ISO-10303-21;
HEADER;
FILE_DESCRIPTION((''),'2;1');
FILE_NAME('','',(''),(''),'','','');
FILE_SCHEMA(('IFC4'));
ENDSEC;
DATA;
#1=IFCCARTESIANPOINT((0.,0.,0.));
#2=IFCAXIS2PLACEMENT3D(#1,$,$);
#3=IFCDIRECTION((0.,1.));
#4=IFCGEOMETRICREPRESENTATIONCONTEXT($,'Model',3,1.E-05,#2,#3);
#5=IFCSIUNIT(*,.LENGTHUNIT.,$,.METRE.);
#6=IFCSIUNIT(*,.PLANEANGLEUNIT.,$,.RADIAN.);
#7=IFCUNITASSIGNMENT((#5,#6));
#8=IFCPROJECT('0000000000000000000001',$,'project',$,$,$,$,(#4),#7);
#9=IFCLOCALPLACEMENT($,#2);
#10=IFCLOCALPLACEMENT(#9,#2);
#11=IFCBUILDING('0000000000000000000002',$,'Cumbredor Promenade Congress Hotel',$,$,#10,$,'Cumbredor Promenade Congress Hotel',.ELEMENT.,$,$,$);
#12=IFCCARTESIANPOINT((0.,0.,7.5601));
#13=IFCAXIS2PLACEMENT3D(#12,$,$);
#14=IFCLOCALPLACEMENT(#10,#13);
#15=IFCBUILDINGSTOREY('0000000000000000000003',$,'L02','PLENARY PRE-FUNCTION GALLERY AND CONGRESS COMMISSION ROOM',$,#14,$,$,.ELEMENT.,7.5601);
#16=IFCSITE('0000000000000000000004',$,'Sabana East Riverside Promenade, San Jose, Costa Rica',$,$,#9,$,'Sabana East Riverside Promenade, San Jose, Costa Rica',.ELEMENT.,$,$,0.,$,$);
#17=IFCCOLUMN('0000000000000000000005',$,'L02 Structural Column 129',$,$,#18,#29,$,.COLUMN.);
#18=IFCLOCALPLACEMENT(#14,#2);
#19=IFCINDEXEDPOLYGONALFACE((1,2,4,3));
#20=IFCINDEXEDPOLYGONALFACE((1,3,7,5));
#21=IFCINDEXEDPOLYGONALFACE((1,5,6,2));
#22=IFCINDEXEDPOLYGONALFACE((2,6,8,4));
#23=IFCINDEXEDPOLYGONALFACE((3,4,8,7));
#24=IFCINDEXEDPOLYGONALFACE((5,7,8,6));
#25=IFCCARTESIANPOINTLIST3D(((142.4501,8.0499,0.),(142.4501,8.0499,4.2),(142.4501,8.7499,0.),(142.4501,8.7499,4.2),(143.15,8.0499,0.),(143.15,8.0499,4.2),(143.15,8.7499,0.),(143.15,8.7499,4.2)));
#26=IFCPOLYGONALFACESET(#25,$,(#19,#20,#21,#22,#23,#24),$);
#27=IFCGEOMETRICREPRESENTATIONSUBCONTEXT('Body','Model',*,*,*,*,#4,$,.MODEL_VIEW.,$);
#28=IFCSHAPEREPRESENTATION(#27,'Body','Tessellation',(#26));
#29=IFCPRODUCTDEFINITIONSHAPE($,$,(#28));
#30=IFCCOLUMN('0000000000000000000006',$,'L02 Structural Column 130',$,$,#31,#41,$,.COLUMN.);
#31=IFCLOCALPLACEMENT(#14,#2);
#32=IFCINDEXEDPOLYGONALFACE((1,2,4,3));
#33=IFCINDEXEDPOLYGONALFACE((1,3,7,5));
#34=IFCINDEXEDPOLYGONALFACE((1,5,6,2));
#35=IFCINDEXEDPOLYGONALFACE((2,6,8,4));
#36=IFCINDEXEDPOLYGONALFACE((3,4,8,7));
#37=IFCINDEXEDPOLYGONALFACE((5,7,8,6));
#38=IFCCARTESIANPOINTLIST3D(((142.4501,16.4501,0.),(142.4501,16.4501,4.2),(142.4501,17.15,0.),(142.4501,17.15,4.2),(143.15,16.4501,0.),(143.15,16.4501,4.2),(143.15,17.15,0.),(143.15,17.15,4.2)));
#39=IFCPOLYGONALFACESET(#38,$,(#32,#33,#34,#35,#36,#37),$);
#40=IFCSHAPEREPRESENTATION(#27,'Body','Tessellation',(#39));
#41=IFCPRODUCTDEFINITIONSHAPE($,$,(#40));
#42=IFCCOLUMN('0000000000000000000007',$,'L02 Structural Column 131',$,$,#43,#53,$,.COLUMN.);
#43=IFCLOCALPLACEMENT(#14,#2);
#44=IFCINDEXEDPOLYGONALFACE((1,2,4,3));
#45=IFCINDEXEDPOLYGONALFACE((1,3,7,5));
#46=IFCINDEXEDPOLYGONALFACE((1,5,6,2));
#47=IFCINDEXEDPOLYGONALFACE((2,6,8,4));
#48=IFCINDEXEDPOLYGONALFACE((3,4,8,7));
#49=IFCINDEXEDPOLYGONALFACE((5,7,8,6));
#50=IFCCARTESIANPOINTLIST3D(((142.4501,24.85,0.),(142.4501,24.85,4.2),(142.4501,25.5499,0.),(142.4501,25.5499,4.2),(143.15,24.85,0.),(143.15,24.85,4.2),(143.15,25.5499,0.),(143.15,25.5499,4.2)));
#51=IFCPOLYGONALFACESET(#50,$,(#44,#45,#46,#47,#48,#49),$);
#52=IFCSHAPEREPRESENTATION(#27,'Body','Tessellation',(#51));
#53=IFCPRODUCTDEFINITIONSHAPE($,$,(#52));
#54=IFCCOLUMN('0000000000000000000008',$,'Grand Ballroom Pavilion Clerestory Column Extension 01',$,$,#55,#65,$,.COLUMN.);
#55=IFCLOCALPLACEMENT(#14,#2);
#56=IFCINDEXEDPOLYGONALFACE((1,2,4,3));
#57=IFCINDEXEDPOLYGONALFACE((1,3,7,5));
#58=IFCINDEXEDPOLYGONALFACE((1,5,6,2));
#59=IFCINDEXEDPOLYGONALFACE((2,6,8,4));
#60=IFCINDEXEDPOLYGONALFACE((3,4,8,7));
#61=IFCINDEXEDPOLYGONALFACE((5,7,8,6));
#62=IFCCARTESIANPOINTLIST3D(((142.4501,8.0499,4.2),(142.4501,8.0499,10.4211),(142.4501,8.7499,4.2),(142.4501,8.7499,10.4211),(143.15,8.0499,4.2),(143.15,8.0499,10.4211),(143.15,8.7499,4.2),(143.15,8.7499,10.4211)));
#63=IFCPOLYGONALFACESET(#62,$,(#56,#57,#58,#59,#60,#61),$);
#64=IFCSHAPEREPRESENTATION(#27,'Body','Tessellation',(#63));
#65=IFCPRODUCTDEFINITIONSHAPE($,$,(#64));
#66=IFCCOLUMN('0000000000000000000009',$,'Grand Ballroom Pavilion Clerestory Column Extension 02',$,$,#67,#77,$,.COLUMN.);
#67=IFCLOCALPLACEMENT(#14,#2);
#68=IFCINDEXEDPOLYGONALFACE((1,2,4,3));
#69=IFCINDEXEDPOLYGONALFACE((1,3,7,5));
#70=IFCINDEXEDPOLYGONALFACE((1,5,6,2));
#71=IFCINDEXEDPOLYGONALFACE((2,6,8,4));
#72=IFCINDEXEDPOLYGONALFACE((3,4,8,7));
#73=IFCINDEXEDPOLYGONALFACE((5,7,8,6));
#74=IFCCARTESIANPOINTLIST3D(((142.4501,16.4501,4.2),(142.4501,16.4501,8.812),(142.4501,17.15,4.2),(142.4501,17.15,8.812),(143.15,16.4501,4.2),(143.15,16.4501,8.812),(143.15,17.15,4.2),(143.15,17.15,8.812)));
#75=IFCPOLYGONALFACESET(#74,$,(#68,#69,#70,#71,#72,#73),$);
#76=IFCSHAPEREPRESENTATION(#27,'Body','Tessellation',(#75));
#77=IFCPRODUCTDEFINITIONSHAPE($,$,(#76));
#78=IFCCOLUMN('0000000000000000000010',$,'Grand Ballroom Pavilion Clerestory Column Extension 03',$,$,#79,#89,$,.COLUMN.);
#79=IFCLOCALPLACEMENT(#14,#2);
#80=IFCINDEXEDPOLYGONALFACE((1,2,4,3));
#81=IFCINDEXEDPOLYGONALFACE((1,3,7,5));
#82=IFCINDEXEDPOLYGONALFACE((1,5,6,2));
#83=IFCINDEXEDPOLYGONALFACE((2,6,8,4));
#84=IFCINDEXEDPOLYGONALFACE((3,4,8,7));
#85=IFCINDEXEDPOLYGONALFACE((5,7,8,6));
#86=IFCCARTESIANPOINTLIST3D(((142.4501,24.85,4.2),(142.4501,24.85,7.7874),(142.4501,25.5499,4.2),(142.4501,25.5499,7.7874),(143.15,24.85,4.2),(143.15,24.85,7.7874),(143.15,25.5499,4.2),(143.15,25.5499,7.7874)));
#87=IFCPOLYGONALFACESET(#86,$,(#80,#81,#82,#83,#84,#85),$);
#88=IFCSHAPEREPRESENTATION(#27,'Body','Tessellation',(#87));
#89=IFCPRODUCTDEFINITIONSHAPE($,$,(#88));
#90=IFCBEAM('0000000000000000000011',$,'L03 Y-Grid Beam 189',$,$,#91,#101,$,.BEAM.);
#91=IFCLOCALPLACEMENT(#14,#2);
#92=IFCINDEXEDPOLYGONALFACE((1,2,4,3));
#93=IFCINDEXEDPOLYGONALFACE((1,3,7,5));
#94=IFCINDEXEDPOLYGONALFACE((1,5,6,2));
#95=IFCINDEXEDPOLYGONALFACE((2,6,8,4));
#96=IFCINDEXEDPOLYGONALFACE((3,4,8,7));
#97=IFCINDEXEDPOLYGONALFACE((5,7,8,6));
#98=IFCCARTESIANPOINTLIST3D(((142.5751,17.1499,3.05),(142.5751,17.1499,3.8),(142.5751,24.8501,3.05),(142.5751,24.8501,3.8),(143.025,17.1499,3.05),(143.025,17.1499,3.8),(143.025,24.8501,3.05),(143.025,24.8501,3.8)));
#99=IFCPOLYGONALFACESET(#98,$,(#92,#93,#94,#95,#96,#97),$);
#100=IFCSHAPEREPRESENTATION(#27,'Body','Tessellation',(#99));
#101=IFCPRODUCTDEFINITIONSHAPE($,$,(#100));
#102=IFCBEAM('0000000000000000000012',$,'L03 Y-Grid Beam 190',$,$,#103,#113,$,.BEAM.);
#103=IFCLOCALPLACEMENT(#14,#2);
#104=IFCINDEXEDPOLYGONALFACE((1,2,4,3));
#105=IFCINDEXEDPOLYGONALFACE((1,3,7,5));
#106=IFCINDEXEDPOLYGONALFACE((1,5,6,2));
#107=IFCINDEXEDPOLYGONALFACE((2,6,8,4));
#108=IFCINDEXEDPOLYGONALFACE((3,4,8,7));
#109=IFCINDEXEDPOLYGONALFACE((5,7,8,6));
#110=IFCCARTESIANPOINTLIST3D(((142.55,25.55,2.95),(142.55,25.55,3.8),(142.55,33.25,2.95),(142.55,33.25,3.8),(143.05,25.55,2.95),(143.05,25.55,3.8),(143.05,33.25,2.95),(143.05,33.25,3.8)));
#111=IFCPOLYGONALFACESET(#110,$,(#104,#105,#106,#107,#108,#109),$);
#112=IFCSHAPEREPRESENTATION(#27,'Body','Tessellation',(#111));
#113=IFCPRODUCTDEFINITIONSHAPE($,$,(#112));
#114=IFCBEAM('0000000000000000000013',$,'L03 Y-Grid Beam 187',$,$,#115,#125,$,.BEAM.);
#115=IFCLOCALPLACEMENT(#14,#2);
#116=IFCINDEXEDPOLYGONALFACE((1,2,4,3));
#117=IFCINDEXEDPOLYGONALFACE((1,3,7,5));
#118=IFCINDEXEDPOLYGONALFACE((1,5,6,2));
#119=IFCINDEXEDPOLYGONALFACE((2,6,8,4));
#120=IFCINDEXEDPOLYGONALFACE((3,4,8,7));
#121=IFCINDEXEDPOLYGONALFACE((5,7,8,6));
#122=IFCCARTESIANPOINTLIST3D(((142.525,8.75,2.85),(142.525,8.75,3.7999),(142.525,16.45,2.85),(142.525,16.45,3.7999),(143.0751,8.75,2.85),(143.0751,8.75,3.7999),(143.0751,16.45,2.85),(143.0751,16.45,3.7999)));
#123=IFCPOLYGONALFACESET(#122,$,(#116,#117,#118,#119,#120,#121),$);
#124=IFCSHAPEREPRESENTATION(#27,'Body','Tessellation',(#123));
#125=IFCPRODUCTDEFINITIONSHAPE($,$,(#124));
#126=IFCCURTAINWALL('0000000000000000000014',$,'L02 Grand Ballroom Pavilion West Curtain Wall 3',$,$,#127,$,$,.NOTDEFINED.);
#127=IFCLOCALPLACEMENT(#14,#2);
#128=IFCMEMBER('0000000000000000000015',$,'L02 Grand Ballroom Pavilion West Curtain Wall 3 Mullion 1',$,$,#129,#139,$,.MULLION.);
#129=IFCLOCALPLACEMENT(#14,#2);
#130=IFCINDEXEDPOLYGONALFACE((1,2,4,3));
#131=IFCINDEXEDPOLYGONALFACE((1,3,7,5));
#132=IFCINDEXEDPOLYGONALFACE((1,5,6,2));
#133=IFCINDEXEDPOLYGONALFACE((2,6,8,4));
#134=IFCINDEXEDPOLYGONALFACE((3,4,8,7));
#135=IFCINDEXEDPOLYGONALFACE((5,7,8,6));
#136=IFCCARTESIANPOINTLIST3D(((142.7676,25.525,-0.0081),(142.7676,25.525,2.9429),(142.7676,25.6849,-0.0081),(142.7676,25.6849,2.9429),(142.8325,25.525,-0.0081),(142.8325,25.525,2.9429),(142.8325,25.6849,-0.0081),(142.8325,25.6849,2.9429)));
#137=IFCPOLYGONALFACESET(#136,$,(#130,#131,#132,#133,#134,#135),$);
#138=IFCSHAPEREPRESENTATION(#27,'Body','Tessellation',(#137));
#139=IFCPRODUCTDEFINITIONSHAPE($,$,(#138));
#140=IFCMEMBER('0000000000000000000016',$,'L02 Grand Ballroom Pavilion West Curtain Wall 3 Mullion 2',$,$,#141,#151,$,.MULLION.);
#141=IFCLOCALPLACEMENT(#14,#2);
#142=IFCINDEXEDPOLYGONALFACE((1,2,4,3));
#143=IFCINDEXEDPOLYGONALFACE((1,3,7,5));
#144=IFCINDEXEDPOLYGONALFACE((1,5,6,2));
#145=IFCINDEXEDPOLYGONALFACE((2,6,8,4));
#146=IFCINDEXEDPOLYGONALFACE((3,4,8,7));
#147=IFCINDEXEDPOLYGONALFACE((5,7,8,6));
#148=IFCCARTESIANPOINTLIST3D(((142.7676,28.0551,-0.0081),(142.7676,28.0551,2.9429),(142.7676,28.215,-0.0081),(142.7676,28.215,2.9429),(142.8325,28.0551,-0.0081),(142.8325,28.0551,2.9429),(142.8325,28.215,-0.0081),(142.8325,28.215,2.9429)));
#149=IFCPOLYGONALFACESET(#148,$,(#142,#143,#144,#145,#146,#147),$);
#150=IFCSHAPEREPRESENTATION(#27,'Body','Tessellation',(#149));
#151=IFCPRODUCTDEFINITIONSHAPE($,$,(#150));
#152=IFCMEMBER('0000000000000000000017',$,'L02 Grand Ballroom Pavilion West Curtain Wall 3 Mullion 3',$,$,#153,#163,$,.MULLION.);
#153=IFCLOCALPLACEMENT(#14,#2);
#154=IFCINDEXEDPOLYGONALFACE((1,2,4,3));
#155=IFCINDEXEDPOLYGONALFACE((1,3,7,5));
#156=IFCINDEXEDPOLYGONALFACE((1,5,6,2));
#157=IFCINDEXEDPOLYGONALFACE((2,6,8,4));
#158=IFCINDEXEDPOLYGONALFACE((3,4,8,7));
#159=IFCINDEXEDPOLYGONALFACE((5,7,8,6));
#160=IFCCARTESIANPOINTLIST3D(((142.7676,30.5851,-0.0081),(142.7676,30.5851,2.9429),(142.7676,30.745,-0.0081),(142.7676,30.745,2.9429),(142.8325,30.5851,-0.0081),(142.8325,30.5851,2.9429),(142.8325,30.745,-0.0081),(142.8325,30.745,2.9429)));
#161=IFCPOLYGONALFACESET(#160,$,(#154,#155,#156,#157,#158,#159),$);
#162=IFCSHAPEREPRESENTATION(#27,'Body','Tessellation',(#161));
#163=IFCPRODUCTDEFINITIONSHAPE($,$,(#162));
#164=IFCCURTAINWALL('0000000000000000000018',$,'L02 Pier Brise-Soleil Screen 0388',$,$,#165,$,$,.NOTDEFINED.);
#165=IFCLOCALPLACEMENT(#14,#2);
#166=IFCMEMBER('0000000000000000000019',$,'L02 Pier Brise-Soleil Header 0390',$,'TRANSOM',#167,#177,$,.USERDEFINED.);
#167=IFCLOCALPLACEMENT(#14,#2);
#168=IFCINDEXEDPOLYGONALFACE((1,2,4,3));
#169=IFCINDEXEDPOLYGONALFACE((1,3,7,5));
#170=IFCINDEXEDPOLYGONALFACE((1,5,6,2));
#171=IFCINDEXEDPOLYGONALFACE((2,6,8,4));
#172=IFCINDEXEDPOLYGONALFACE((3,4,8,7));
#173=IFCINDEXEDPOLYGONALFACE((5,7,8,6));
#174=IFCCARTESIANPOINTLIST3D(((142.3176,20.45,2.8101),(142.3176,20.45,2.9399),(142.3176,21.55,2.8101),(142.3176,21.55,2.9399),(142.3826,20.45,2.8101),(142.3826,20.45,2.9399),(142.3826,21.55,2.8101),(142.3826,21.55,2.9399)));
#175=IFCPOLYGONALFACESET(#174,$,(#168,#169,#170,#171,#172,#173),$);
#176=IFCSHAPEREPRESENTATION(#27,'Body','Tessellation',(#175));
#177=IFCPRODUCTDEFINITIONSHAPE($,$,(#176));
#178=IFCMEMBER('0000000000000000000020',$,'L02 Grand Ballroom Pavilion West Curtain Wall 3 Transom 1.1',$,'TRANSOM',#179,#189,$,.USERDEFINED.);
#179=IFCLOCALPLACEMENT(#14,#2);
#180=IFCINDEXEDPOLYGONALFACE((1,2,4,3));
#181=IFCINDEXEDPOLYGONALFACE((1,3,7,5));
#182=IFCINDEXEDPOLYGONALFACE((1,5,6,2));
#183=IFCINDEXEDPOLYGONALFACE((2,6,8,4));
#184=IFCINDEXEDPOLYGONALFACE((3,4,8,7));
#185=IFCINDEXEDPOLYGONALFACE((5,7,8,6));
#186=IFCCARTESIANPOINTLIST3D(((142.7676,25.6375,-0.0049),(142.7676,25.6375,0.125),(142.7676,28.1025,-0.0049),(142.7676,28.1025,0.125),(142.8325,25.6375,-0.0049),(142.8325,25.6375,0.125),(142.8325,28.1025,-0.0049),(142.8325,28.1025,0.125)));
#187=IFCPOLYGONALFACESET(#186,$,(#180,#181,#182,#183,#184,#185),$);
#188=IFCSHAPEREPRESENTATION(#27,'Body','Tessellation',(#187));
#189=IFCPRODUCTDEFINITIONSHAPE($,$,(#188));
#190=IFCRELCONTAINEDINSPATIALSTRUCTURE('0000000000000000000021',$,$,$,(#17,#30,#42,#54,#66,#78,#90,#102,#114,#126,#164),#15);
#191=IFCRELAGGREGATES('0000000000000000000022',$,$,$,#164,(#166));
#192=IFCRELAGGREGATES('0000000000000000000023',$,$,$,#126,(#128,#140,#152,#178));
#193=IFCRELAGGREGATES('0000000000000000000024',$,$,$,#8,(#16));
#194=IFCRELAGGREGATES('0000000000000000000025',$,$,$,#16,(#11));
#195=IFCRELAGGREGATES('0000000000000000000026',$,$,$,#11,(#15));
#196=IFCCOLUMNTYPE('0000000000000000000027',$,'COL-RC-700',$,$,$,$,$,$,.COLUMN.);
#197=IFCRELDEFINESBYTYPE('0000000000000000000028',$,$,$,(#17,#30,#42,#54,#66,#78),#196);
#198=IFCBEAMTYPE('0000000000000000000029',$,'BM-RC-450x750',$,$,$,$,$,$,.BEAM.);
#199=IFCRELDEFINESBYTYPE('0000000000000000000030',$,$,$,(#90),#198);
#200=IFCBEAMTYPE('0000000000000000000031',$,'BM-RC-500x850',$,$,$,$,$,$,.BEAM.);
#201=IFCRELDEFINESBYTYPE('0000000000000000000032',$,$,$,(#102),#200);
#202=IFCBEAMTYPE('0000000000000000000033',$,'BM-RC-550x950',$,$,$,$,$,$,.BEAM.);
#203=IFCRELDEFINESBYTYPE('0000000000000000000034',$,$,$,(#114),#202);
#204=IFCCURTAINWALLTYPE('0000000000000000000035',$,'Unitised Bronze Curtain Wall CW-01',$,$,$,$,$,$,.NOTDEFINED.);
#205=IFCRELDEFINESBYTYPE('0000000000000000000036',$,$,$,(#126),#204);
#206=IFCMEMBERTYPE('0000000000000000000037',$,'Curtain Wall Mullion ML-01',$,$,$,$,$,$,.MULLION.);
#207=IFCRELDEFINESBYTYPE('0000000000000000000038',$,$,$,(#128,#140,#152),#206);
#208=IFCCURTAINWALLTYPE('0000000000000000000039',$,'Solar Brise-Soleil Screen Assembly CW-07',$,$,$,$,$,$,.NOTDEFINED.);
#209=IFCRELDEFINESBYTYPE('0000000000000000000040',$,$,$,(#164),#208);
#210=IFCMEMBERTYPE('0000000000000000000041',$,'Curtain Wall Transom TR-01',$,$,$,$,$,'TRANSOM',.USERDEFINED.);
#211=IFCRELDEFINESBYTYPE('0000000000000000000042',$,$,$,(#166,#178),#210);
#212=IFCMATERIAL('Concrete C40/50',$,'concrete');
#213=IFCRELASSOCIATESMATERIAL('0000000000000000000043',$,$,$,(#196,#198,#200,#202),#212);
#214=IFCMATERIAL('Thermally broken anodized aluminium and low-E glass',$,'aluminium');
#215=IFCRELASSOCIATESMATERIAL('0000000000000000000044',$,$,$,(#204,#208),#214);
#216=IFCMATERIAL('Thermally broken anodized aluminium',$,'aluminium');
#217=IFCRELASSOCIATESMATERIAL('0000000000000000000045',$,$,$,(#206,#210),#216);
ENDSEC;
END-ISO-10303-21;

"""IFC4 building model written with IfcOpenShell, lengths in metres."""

from ifc_helpers import new_model, si_unit, direction, frame, origin, origin_2d, place, context, subcontext, project, spatial, rectangle, extrude, material, material_profile, profile_set, type_object, element, aggregate, save


model = new_model("IFC4")

# Units and contexts
model_context = context("Model", 3, precision=1e-05, world=origin(), true_north=direction((0.0, 1.0)))
body_context = subcontext(model_context, "Body", "Model", "MODEL_VIEW")
ifc_project = project(units=[si_unit("LENGTHUNIT", "METRE"), si_unit("PLANEANGLEUNIT", "RADIAN")], contexts=[model_context])

# Site, building, storey
site_placement = place(None, origin())
site = spatial("IfcSite", under=ifc_project, at=site_placement, Name="Sabana East Riverside Promenade, San Jose, Costa Rica", LongName="Sabana East Riverside Promenade, San Jose, Costa Rica", CompositionType="ELEMENT", RefElevation=0.0)
building_placement = place(site_placement, origin())
building = spatial("IfcBuilding", under=site, at=building_placement, Name="Cumbredor Promenade Congress Hotel", LongName="Cumbredor Promenade Congress Hotel", CompositionType="ELEMENT")
storey_placement = place(building_placement, frame((0.0, 0.0, 7.5601)))
storey = spatial("IfcBuildingStorey", under=building, at=storey_placement, Name="L02", Description="PLENARY PRE-FUNCTION GALLERY AND CONGRESS COMMISSION ROOM", CompositionType="ELEMENT", Elevation=7.5601)

# Columns
ifc_material_1 = material(Name="Concrete C40/50", Category="concrete")
ifc_material_profile_1 = material_profile(ifc_material_1, rectangle(XDim=0.7, YDim=0.7, at=origin_2d()), Name="RC 700x700")
ifc_profile_set_1 = profile_set([ifc_material_profile_1], Name="Concrete C40/50")
column_type = type_object("IfcColumnType", Name="COL-RC-700", PredefinedType="COLUMN", material=ifc_profile_set_1)
for number, where, z_axis, x_axis, name in (
    (1, (142.8, 8.3999, 0.0), (0.0, 0.0, 1.0), (1.0, 0.0, 0.0), "L02 Structural Column 129"),
    (2, (142.8, 16.8, 0.0), (0.0, 0.0, 1.0), (1.0, 0.0, 0.0), "L02 Structural Column 130"),
    (3, (142.8, 25.2, 0.0), (0.0, 0.0, 1.0), (1.0, 0.0, 0.0), "L02 Structural Column 131"),
):
    element("IfcColumn", number, at=place(storey_placement, frame(where, z_axis=z_axis, x_axis=x_axis)), inside=storey, type_object=column_type, Name=name, PredefinedType="COLUMN", context=body_context, shape_type="SweptSolid", body=[
        extrude(rectangle(XDim=0.7, YDim=0.7, at=origin_2d()), origin(), (0.0, 0.0, 1.0), 4.2),
    ])
column_1_placement = place(storey_placement, frame((142.8, 8.3999, 4.2), z_axis=(0.0, 0.0, 1.0), x_axis=(1.0, 0.0, 0.0)))
element("IfcColumn", 4, at=column_1_placement, inside=storey, type_object=column_type, Name="Grand Ballroom Pavilion Clerestory Column Extension 01", PredefinedType="COLUMN", context=body_context, shape_type="SweptSolid", body=[
    extrude(rectangle(XDim=0.7, YDim=0.7, at=origin_2d()), origin(), (0.0, 0.0, 1.0), 6.2212),
])
column_2_placement = place(storey_placement, frame((142.8, 16.8, 4.2), z_axis=(0.0, 0.0, 1.0), x_axis=(1.0, 0.0, 0.0)))
element("IfcColumn", 5, at=column_2_placement, inside=storey, type_object=column_type, Name="Grand Ballroom Pavilion Clerestory Column Extension 02", PredefinedType="COLUMN", context=body_context, shape_type="SweptSolid", body=[
    extrude(rectangle(XDim=0.7, YDim=0.7, at=origin_2d()), origin(), (0.0, 0.0, 1.0), 4.6121),
])
column_3_placement = place(storey_placement, frame((142.8, 25.2, 4.2), z_axis=(0.0, 0.0, 1.0), x_axis=(1.0, 0.0, 0.0)))
element("IfcColumn", 6, at=column_3_placement, inside=storey, type_object=column_type, Name="Grand Ballroom Pavilion Clerestory Column Extension 03", PredefinedType="COLUMN", context=body_context, shape_type="SweptSolid", body=[
    extrude(rectangle(XDim=0.7, YDim=0.7, at=origin_2d()), origin(), (0.0, 0.0, 1.0), 3.5874),
])

# Beams
ifc_material_profile_2 = material_profile(ifc_material_1, rectangle(XDim=0.45, YDim=0.75, at=origin_2d()), Name="RC BEAM 450x750")
ifc_profile_set_2 = profile_set([ifc_material_profile_2], Name="Concrete C40/50")
beam_type_1 = type_object("IfcBeamType", Name="BM-RC-450x750", PredefinedType="BEAM", material=ifc_profile_set_2)
beam_1_placement = place(storey_placement, frame((142.8, 17.1499, 3.425), z_axis=(0.0, 1.0, 0.0), x_axis=(-1.0, 0.0, 0.0)))
element("IfcBeam", 7, at=beam_1_placement, inside=storey, type_object=beam_type_1, Name="L03 Y-Grid Beam 189", PredefinedType="BEAM", context=body_context, shape_type="SweptSolid", body=[
    extrude(rectangle(XDim=0.45, YDim=0.75, at=origin_2d()), origin(), (0.0, 0.0, 1.0), 7.7002),
])
ifc_material_profile_3 = material_profile(ifc_material_1, rectangle(XDim=0.5, YDim=0.8501, at=origin_2d()), Name="RC BEAM 500x850")
ifc_profile_set_3 = profile_set([ifc_material_profile_3], Name="Concrete C40/50")
beam_type_2 = type_object("IfcBeamType", Name="BM-RC-500x850", PredefinedType="BEAM", material=ifc_profile_set_3)
beam_2_placement = place(storey_placement, frame((142.8, 25.55, 3.375), z_axis=(0.0, 1.0, 0.0), x_axis=(-1.0, 0.0, 0.0)))
element("IfcBeam", 8, at=beam_2_placement, inside=storey, type_object=beam_type_2, Name="L03 Y-Grid Beam 190", PredefinedType="BEAM", context=body_context, shape_type="SweptSolid", body=[
    extrude(rectangle(XDim=0.5, YDim=0.8501, at=origin_2d()), origin(), (0.0, 0.0, 1.0), 7.7),
])
ifc_material_profile_4 = material_profile(ifc_material_1, rectangle(XDim=0.55, YDim=0.95, at=origin_2d()), Name="RC BEAM 550x950")
ifc_profile_set_4 = profile_set([ifc_material_profile_4], Name="Concrete C40/50")
beam_type_3 = type_object("IfcBeamType", Name="BM-RC-550x950", PredefinedType="BEAM", material=ifc_profile_set_4)
beam_3_placement = place(storey_placement, frame((142.8, 8.75, 3.325), z_axis=(0.0, 1.0, 0.0), x_axis=(-1.0, 0.0, 0.0)))
element("IfcBeam", 9, at=beam_3_placement, inside=storey, type_object=beam_type_3, Name="L03 Y-Grid Beam 187", PredefinedType="BEAM", context=body_context, shape_type="SweptSolid", body=[
    extrude(rectangle(XDim=0.55, YDim=0.95, at=origin_2d()), origin(), (0.0, 0.0, 1.0), 7.7),
])

# Curtain wall, members
ifc_material_2 = material(Name="Thermally broken anodized aluminium and low-E glass", Category="aluminium")
curtain_wall_type_1 = type_object("IfcCurtainWallType", Name="Unitised Bronze Curtain Wall CW-01", PredefinedType="NOTDEFINED", material=ifc_material_2)
curtain_wall_1_placement = place(storey_placement, origin())
curtain_wall_1 = element("IfcCurtainWall", 10, at=curtain_wall_1_placement, inside=storey, type_object=curtain_wall_type_1, Name="L02 Grand Ballroom Pavilion West Curtain Wall 3", PredefinedType="NOTDEFINED")
ifc_material_3 = material(Name="Thermally broken anodized aluminium", Category="aluminium")
ifc_material_profile_5 = material_profile(ifc_material_3, rectangle(XDim=0.0649, YDim=0.1599, at=origin_2d()), Name="ALU MULLION 65x160")
ifc_profile_set_5 = profile_set([ifc_material_profile_5], Name="Thermally broken anodized aluminium")
member_type_1 = type_object("IfcMemberType", Name="Curtain Wall Mullion ML-01", PredefinedType="MULLION", material=ifc_profile_set_5)
member_1_placement = place(storey_placement, frame((142.8, 25.605, -0.0081), z_axis=(0.0, 0.0, 1.0), x_axis=(1.0, 0.0, 0.0)))
member_1 = element("IfcMember", 11, at=member_1_placement, type_object=member_type_1, Name="L02 Grand Ballroom Pavilion West Curtain Wall 3 Mullion 1", PredefinedType="MULLION", context=body_context, shape_type="SweptSolid", body=[
    extrude(rectangle(XDim=0.0649, YDim=0.1599, at=origin_2d()), origin(), (0.0, 0.0, 1.0), 2.9509),
])
member_2_placement = place(storey_placement, frame((142.8, 28.135, -0.0081), z_axis=(0.0, 0.0, 1.0), x_axis=(1.0, 0.0, 0.0)))
member_2 = element("IfcMember", 12, at=member_2_placement, type_object=member_type_1, Name="L02 Grand Ballroom Pavilion West Curtain Wall 3 Mullion 2", PredefinedType="MULLION", context=body_context, shape_type="SweptSolid", body=[
    extrude(rectangle(XDim=0.0649, YDim=0.1599, at=origin_2d()), origin(), (0.0, 0.0, 1.0), 2.9509),
])
member_3_placement = place(storey_placement, frame((142.8, 30.665, -0.0081), z_axis=(0.0, 0.0, 1.0), x_axis=(1.0, 0.0, 0.0)))
member_3 = element("IfcMember", 13, at=member_3_placement, type_object=member_type_1, Name="L02 Grand Ballroom Pavilion West Curtain Wall 3 Mullion 3", PredefinedType="MULLION", context=body_context, shape_type="SweptSolid", body=[
    extrude(rectangle(XDim=0.0649, YDim=0.1599, at=origin_2d()), origin(), (0.0, 0.0, 1.0), 2.9509),
])

# Curtain wall, member
curtain_wall_type_2 = type_object("IfcCurtainWallType", Name="Solar Brise-Soleil Screen Assembly CW-07", PredefinedType="NOTDEFINED", material=ifc_material_2)
curtain_wall_2_placement = place(storey_placement, origin())
curtain_wall_2 = element("IfcCurtainWall", 14, at=curtain_wall_2_placement, inside=storey, type_object=curtain_wall_type_2, Name="L02 Pier Brise-Soleil Screen 0388", PredefinedType="NOTDEFINED")
ifc_material_profile_6 = material_profile(ifc_material_3, rectangle(XDim=0.0649, YDim=0.1299, at=origin_2d()), Name="ALU TRANSOM 65x130")
ifc_profile_set_6 = profile_set([ifc_material_profile_6], Name="Thermally broken anodized aluminium")
member_type_2 = type_object("IfcMemberType", Name="Curtain Wall Transom TR-01", ElementType="TRANSOM", PredefinedType="USERDEFINED", material=ifc_profile_set_6)
member_4_placement = place(storey_placement, frame((142.3501, 20.45, 2.875), z_axis=(0.0, 1.0, 0.0), x_axis=(-1.0, 0.0, 0.0)))
member_4 = element("IfcMember", 15, at=member_4_placement, type_object=member_type_2, Name="L02 Pier Brise-Soleil Header 0390", ObjectType="TRANSOM", PredefinedType="USERDEFINED", context=body_context, shape_type="SweptSolid", body=[
    extrude(rectangle(XDim=0.0649, YDim=0.1299, at=origin_2d()), origin(), (0.0, 0.0, 1.0), 1.1001),
])

# Member
member_5_placement = place(storey_placement, frame((142.8, 25.6375, 0.0601), z_axis=(0.0, 1.0, 0.0), x_axis=(-1.0, 0.0, 0.0)))
member_5 = element("IfcMember", 16, at=member_5_placement, type_object=member_type_2, Name="L02 Grand Ballroom Pavilion West Curtain Wall 3 Transom 1.1", ObjectType="TRANSOM", PredefinedType="USERDEFINED", context=body_context, shape_type="SweptSolid", body=[
    extrude(rectangle(XDim=0.0649, YDim=0.1299, at=origin_2d()), origin(), (0.0, 0.0, 1.0), 2.4651),
])
aggregate(curtain_wall_2, [member_4])

aggregate(curtain_wall_1, [member_1, member_2, member_3, member_5])

save(model, "model.ifc")
